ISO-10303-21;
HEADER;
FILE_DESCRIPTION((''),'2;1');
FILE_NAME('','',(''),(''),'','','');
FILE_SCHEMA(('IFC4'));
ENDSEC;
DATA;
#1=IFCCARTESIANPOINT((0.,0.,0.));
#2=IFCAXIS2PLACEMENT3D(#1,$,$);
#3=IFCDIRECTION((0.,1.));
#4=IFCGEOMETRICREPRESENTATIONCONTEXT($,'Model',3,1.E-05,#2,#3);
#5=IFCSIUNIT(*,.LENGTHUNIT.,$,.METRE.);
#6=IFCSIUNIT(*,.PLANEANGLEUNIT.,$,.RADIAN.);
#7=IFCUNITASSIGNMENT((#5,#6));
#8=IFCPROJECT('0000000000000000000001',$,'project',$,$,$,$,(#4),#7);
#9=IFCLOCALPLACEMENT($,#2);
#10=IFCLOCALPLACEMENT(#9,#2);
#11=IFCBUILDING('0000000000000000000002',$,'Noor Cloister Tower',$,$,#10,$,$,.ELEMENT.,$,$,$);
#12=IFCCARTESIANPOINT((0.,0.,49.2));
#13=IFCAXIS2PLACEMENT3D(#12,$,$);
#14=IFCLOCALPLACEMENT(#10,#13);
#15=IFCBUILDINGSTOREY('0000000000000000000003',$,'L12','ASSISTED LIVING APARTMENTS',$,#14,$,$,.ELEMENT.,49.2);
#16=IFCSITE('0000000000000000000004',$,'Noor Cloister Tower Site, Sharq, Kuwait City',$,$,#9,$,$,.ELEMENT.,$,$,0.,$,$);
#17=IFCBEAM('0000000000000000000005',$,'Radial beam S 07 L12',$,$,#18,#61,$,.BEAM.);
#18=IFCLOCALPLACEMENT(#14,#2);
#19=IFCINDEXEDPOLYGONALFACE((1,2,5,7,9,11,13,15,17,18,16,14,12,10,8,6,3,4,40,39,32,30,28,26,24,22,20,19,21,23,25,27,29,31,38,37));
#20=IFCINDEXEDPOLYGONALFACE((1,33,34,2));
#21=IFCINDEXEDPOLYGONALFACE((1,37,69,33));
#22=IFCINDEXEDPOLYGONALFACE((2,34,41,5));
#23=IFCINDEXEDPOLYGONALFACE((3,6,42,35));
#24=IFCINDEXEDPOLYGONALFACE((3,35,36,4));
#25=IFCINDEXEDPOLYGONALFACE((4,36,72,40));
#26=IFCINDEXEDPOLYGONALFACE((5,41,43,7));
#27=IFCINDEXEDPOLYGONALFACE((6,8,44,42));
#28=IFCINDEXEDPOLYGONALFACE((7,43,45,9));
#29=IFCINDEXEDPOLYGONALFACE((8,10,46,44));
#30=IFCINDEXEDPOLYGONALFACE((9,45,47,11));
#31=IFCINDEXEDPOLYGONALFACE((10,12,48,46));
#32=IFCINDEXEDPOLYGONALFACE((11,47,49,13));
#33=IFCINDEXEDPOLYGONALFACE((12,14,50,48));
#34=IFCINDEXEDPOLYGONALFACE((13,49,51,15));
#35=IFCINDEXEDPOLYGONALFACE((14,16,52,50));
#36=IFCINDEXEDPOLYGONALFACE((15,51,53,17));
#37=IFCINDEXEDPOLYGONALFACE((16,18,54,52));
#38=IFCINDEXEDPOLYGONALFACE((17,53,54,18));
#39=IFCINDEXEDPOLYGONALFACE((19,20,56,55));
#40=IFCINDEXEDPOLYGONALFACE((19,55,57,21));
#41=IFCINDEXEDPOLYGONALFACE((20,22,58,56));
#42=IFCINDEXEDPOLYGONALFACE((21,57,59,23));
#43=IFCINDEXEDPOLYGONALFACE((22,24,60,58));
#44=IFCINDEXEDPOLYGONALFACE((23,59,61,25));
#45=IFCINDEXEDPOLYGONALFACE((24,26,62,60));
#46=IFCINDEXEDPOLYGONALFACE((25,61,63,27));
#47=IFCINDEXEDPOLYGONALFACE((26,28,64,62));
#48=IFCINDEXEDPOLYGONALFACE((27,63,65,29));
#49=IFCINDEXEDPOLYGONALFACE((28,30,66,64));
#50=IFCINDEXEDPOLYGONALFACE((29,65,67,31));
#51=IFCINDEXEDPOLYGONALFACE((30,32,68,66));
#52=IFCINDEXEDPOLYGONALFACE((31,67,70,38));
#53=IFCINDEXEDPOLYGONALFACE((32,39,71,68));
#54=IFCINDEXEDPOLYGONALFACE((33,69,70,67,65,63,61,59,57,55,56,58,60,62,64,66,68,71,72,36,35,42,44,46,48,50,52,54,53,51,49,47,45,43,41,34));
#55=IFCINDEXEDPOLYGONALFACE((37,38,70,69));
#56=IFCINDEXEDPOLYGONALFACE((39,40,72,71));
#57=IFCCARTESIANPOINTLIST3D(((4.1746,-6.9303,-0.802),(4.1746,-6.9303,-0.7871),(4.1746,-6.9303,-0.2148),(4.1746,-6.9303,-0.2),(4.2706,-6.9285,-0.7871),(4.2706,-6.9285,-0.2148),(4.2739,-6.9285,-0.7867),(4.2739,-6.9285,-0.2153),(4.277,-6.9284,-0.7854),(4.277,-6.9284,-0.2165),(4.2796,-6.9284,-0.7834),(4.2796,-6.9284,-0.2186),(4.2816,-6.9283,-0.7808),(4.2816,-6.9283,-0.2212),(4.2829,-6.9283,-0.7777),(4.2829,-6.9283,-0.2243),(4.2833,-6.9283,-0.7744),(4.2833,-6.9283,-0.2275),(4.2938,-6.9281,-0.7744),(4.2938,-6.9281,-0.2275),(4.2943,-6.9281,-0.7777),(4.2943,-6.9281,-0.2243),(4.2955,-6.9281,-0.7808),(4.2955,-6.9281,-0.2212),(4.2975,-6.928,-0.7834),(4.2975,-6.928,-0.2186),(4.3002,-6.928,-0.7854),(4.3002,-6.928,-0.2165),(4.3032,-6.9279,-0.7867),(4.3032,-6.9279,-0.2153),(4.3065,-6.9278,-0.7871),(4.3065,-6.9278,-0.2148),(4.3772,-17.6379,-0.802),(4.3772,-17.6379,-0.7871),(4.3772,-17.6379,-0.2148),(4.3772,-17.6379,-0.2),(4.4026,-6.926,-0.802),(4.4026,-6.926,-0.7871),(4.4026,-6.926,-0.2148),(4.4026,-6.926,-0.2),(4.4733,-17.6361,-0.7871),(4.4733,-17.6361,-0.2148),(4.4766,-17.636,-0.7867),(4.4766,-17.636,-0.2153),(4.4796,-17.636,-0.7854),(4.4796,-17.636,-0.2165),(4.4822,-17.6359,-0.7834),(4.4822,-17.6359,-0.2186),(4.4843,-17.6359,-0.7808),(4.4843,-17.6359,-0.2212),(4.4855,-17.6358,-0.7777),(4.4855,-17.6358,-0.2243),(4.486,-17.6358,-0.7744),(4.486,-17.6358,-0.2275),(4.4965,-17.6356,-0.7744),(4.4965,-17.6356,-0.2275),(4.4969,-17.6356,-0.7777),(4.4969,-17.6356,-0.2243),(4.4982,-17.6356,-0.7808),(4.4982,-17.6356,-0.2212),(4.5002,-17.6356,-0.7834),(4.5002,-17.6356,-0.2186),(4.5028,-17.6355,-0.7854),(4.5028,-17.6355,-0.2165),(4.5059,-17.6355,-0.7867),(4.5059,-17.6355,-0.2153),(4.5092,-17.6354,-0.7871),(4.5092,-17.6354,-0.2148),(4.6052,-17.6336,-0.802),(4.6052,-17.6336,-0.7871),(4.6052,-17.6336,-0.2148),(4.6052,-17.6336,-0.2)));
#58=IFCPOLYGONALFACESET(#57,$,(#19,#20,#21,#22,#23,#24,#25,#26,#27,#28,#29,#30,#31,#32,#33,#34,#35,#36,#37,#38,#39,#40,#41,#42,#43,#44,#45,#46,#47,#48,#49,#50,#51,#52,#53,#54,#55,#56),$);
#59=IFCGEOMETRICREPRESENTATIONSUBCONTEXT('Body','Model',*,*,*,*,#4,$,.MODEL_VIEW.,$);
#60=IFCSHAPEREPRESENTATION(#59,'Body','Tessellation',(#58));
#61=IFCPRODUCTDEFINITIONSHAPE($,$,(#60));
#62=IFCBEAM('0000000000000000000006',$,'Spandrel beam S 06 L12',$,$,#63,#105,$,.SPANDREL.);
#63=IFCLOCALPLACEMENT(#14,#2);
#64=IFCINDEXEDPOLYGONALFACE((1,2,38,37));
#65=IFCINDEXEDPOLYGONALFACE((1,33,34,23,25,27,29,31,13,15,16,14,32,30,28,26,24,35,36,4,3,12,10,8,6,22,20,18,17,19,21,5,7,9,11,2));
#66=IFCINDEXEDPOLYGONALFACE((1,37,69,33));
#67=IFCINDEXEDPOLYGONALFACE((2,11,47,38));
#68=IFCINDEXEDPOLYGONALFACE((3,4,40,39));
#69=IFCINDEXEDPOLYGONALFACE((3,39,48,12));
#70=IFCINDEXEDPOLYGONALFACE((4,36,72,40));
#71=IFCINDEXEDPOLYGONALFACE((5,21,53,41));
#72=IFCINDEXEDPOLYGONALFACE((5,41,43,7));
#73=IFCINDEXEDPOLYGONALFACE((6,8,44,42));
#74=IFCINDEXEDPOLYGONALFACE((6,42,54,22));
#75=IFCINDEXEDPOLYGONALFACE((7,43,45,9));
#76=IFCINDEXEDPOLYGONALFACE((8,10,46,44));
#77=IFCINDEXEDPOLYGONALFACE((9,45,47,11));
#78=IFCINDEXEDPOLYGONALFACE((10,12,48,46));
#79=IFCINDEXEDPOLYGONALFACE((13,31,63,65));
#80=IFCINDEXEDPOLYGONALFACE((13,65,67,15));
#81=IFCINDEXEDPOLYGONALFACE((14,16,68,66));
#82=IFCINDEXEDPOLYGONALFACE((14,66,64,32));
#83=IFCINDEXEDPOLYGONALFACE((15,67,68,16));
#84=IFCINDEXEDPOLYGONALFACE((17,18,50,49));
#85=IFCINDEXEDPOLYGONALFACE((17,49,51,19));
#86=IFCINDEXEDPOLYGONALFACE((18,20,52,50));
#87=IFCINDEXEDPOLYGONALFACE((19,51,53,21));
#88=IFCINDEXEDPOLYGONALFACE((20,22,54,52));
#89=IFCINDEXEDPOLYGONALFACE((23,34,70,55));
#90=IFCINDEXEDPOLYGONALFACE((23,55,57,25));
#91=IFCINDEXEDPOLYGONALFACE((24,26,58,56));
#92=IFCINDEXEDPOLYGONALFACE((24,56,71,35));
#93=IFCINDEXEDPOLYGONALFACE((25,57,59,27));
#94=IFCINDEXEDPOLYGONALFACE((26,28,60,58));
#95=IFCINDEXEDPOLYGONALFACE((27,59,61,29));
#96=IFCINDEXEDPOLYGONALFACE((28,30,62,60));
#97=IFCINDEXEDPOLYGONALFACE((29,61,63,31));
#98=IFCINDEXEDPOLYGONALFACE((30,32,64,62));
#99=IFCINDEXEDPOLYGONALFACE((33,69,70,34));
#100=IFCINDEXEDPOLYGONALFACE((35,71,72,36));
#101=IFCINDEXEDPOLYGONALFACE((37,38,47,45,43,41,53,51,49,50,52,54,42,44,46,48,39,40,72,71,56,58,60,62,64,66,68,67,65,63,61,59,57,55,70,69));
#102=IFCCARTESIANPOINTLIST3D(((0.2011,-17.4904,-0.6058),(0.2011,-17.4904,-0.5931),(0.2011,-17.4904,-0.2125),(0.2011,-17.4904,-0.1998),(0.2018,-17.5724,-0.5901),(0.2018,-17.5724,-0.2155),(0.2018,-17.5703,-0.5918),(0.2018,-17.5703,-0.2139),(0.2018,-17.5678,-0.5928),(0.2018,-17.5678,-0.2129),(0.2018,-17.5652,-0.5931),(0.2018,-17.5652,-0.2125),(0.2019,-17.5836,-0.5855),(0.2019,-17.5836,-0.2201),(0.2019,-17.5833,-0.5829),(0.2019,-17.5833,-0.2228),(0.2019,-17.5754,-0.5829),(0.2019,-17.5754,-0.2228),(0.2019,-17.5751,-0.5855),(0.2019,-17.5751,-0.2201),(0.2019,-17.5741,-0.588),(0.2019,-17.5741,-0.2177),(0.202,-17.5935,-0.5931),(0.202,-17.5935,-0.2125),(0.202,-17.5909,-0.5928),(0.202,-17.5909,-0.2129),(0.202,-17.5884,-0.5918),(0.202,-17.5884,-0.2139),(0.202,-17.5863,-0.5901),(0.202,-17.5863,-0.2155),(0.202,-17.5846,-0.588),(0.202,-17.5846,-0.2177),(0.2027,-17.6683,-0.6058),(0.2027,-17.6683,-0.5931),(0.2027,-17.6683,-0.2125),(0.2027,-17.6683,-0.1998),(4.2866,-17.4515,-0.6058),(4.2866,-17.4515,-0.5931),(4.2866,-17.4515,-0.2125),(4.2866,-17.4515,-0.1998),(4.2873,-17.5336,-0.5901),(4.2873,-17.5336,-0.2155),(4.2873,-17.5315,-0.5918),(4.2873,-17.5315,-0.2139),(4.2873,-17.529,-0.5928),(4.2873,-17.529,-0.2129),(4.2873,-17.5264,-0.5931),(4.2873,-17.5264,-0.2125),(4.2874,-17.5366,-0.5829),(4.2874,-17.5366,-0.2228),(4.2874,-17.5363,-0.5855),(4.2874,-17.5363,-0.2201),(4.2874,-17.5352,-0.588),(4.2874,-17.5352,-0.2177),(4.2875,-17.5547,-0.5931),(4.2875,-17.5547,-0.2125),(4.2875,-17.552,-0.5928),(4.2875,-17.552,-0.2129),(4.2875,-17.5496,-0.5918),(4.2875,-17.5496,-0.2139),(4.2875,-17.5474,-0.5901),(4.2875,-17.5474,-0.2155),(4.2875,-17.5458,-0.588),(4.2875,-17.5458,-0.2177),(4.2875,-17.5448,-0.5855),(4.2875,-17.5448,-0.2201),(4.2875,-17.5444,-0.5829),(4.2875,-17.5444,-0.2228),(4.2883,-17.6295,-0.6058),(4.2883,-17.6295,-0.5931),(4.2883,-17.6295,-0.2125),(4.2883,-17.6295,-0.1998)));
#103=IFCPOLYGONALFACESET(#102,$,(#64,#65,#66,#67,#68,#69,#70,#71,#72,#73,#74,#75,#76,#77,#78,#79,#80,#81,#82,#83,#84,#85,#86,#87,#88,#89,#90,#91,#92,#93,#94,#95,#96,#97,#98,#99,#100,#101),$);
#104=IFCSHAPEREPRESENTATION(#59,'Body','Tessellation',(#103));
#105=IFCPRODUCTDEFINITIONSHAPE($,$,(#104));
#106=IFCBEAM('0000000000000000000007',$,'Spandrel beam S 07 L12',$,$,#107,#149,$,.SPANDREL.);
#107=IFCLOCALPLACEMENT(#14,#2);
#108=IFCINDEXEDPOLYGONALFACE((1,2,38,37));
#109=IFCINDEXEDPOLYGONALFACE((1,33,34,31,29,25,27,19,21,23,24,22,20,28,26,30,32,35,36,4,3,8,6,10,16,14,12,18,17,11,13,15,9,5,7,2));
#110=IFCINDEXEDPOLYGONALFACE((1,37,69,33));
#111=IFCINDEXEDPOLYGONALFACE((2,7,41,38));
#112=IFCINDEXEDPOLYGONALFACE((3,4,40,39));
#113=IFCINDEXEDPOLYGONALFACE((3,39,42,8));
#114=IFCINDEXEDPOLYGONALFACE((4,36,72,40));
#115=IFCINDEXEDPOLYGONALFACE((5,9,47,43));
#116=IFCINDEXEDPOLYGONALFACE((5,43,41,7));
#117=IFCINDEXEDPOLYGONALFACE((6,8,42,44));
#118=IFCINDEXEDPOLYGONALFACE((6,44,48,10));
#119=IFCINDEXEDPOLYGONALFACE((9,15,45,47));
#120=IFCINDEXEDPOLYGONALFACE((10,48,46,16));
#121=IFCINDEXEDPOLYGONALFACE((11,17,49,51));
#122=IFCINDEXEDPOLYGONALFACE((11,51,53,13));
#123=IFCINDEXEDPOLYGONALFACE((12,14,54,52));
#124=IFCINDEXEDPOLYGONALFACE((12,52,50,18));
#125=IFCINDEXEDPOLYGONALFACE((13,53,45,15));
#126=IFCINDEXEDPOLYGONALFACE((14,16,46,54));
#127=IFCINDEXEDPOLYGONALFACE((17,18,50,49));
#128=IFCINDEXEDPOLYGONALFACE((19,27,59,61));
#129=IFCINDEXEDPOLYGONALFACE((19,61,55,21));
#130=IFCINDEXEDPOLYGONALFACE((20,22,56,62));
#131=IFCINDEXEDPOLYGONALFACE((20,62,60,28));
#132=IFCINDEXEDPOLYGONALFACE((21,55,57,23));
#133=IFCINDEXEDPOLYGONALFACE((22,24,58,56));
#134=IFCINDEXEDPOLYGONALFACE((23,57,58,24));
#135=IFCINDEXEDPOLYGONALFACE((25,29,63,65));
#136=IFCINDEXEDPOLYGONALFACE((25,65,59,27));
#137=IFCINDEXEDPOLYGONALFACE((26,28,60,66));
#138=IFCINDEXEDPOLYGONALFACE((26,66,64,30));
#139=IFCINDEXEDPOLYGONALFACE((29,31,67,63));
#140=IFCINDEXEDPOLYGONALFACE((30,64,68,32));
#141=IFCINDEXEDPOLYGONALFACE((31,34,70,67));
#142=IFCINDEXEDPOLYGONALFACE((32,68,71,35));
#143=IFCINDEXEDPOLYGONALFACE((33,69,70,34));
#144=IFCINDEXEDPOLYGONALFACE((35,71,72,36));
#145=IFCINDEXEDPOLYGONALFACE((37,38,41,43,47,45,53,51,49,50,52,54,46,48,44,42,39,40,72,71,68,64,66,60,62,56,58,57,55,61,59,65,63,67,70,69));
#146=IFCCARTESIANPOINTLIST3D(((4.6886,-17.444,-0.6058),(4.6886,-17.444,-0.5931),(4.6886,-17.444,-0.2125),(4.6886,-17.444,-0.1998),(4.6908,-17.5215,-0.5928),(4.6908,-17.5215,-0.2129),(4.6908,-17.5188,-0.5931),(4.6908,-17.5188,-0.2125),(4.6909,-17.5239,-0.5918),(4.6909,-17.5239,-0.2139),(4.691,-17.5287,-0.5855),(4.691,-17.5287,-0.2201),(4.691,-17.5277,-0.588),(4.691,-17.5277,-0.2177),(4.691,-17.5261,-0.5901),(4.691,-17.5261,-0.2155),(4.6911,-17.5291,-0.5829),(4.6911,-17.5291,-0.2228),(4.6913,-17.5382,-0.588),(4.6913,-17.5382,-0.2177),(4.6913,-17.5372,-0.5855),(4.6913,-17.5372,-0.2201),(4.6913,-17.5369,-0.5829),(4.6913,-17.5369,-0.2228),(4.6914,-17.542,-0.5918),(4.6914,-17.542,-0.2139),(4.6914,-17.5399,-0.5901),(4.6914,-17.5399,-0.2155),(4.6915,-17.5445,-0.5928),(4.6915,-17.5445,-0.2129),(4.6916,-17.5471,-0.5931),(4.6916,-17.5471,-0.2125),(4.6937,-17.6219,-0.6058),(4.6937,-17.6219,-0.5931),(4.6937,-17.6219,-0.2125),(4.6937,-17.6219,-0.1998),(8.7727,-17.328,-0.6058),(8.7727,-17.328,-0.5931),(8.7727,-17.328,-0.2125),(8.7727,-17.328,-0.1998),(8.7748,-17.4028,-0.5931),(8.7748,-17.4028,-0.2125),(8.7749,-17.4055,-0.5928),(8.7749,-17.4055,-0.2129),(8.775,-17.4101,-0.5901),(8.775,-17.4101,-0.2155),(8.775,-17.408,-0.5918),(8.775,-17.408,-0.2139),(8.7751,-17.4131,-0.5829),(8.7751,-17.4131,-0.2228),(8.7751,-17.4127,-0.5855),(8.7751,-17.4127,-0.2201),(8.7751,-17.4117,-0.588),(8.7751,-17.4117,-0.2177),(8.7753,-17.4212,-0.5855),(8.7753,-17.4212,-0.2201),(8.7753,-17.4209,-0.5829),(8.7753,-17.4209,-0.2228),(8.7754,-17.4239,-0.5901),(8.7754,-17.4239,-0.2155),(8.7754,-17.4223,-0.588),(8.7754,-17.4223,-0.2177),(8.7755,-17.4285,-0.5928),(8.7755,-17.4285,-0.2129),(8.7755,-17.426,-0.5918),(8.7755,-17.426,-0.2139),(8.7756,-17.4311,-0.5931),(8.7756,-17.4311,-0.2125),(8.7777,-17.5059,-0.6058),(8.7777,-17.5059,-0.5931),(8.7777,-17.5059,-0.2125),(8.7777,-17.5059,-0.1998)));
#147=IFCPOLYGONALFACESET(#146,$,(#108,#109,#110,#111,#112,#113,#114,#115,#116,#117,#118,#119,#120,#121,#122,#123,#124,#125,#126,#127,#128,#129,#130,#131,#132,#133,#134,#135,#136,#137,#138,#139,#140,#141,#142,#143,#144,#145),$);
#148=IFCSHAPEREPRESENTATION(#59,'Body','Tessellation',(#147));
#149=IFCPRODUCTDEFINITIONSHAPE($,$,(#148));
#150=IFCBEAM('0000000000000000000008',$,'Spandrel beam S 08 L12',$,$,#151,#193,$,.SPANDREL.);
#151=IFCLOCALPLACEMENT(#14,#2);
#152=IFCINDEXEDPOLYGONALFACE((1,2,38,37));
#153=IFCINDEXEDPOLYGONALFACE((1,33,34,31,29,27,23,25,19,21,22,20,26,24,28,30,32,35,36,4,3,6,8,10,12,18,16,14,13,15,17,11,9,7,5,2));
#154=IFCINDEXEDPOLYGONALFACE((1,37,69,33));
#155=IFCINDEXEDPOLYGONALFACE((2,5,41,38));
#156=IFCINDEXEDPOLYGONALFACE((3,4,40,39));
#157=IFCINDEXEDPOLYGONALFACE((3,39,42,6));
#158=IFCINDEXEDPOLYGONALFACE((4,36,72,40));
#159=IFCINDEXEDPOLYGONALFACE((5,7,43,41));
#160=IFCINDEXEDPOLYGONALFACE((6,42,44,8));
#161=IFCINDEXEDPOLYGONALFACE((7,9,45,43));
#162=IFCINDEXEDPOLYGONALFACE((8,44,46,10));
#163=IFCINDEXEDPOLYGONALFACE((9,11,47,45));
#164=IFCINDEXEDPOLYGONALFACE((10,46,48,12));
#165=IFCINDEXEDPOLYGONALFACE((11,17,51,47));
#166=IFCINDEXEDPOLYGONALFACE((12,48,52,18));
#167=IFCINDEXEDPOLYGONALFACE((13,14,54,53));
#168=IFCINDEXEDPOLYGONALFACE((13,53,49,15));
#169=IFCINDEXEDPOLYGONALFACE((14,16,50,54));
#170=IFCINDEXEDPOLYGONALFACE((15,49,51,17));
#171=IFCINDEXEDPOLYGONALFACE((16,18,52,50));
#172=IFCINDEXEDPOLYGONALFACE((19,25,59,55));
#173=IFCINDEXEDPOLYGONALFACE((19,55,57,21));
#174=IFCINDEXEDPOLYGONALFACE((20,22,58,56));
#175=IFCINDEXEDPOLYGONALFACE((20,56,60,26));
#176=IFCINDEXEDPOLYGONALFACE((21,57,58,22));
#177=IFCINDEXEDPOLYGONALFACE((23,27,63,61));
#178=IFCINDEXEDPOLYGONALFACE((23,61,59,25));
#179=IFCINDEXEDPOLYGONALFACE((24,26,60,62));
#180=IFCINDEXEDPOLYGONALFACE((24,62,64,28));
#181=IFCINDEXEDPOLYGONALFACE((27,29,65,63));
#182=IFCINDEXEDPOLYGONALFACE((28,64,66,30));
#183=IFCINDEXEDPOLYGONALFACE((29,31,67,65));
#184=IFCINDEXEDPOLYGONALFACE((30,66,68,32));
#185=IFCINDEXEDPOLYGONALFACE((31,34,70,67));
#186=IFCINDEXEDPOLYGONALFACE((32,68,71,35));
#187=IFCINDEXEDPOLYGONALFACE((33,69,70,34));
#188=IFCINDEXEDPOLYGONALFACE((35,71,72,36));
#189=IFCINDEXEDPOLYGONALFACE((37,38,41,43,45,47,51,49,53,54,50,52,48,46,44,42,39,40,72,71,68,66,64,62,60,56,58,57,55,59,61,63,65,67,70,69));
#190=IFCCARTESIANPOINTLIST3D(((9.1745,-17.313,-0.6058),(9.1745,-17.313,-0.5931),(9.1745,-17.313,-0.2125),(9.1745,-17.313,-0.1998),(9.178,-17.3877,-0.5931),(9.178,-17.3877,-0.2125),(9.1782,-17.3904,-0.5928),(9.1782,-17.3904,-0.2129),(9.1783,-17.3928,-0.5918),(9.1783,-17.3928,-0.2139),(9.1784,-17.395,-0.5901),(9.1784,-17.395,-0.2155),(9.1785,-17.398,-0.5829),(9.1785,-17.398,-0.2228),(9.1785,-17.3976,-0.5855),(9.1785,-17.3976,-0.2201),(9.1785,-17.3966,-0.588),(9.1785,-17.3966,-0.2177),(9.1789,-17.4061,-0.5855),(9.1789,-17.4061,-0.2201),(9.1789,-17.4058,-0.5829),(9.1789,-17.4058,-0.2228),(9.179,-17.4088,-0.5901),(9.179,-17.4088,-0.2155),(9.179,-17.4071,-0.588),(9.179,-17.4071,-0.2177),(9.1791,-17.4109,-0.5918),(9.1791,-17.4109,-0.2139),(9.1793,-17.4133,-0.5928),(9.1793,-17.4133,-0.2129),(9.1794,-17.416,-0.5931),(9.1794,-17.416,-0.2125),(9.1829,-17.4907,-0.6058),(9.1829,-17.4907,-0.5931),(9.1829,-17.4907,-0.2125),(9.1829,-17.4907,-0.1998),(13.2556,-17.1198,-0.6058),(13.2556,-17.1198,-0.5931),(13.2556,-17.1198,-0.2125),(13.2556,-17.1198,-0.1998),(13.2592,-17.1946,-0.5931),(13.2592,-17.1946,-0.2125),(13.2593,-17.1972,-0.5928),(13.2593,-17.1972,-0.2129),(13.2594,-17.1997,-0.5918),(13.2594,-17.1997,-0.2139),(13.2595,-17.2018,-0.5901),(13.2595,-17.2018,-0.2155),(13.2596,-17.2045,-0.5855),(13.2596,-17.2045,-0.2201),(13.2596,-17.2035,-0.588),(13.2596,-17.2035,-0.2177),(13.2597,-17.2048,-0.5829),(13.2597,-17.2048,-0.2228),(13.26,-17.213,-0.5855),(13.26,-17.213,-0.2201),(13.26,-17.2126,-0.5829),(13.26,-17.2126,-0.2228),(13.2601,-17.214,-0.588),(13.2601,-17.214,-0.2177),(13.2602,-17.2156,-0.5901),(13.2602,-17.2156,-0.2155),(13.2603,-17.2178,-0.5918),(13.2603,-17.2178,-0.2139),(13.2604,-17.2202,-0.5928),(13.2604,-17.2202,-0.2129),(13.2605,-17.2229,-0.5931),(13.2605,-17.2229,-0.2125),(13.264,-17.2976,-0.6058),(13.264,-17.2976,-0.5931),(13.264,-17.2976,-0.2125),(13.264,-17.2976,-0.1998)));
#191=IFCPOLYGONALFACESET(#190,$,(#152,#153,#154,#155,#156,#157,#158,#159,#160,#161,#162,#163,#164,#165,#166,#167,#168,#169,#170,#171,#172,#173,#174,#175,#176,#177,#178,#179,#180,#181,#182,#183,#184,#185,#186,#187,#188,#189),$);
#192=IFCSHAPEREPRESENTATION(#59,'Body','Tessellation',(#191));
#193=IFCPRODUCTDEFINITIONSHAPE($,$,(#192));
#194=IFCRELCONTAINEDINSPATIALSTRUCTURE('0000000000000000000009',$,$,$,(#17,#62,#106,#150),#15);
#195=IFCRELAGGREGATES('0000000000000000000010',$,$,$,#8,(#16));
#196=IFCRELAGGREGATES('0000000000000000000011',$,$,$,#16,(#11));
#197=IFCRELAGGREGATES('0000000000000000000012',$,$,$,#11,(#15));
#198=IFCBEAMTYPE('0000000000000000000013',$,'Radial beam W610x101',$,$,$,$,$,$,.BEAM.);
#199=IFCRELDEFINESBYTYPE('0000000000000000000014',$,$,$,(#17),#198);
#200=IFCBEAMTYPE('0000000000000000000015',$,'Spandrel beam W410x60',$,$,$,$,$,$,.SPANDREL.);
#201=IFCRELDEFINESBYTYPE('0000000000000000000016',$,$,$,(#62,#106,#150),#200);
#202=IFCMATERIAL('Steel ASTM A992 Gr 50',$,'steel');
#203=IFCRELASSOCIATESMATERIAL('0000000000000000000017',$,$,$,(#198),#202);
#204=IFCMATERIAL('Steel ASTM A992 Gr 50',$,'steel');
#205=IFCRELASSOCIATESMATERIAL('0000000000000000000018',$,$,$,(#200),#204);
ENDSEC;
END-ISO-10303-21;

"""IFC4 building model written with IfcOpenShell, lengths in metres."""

from ifc_helpers import new_model, si_unit, direction, frame, origin, origin_2d, place, context, subcontext, project, spatial, i_section, extrude, material, material_profile, profile_set, type_object, element, save


model = new_model("IFC4")

# Units and contexts
model_context = context("Model", 3, precision=1e-05, world=origin(), true_north=direction((0.0, 1.0)))
body_context = subcontext(model_context, "Body", "Model", "MODEL_VIEW")
ifc_project = project(units=[si_unit("LENGTHUNIT", "METRE"), si_unit("PLANEANGLEUNIT", "RADIAN")], contexts=[model_context])

# Site, building, storey
site_placement = place(None, origin())
site = spatial("IfcSite", under=ifc_project, at=site_placement, Name="Noor Cloister Tower Site, Sharq, Kuwait City", CompositionType="ELEMENT", RefElevation=0.0)
building_placement = place(site_placement, origin())
building = spatial("IfcBuilding", under=site, at=building_placement, Name="Noor Cloister Tower", CompositionType="ELEMENT")
storey_placement = place(building_placement, frame((0.0, 0.0, 49.2)))
storey = spatial("IfcBuildingStorey", under=building, at=storey_placement, Name="L12", Description="ASSISTED LIVING APARTMENTS", CompositionType="ELEMENT", Elevation=49.2)

# Beams
ifc_material_1 = material(Name="Steel ASTM A992 Gr 50", Category="steel")
ifc_material_profile_1 = material_profile(ifc_material_1, i_section(OverallWidth=0.228, OverallDepth=0.6021, WebThickness=0.0105, FlangeThickness=0.0149, FilletRadius=0.0127, at=origin_2d()), Name="W610x101")
ifc_profile_set_1 = profile_set([ifc_material_profile_1], Name="Steel ASTM A992 Gr 50")
beam_type_1 = type_object("IfcBeamType", Name="Radial beam W610x101", PredefinedType="BEAM", material=ifc_profile_set_1)
beam_1_placement = place(storey_placement, frame((4.4912, -17.6357, -0.501), z_axis=(-0.018921, 0.999821, 0.0), x_axis=(-0.999821, -0.018921, 0.0)))
element("IfcBeam", 1, at=beam_1_placement, inside=storey, type_object=beam_type_1, Name="Radial beam S 07 L12", PredefinedType="BEAM", context=body_context, shape_type="SweptSolid", body=[
    extrude(i_section(OverallWidth=0.228, OverallDepth=0.6021, WebThickness=0.0105, FlangeThickness=0.0149, FilletRadius=0.0127, at=origin_2d()), origin(), (0.0, 0.0, 1.0), 10.7095),
])
ifc_material_2 = material(Name="Steel ASTM A992 Gr 50", Category="steel")
ifc_material_profile_2 = material_profile(ifc_material_2, i_section(OverallWidth=0.178, OverallDepth=0.406, WebThickness=0.0078, FlangeThickness=0.0127, FilletRadius=0.0103, at=origin_2d()), Name="W410x60")
ifc_profile_set_2 = profile_set([ifc_material_profile_2], Name="Steel ASTM A992 Gr 50")
beam_type_2 = type_object("IfcBeamType", Name="Spandrel beam W410x60", PredefinedType="SPANDREL", material=ifc_profile_set_2)
for number, where, z_axis, x_axis, name in (
    (2, (0.2019, -17.5793, -0.4028), (0.999955, 0.009501, 0.0), (-0.009501, 0.999955, 0.0), "Spandrel beam S 06 L12"),
    (3, (4.6912, -17.533, -0.4028), (0.999597, 0.028384, 0.0), (-0.028384, 0.999597, 0.0), "Spandrel beam S 07 L12"),
    (4, (9.1787, -17.4019, -0.4028), (0.998882, 0.047267, 0.0), (-0.047267, 0.998882, 0.0), "Spandrel beam S 08 L12"),
):
    element("IfcBeam", number, at=place(storey_placement, frame(where, z_axis=z_axis, x_axis=x_axis)), inside=storey, type_object=beam_type_2, Name=name, PredefinedType="SPANDREL", context=body_context, shape_type="SweptSolid", body=[
        extrude(i_section(OverallWidth=0.178, OverallDepth=0.406, WebThickness=0.0078, FlangeThickness=0.0127, FilletRadius=0.0103, at=origin_2d()), origin(), (0.0, 0.0, 1.0), 4.0857),
    ])

save(model, "model.ifc")
